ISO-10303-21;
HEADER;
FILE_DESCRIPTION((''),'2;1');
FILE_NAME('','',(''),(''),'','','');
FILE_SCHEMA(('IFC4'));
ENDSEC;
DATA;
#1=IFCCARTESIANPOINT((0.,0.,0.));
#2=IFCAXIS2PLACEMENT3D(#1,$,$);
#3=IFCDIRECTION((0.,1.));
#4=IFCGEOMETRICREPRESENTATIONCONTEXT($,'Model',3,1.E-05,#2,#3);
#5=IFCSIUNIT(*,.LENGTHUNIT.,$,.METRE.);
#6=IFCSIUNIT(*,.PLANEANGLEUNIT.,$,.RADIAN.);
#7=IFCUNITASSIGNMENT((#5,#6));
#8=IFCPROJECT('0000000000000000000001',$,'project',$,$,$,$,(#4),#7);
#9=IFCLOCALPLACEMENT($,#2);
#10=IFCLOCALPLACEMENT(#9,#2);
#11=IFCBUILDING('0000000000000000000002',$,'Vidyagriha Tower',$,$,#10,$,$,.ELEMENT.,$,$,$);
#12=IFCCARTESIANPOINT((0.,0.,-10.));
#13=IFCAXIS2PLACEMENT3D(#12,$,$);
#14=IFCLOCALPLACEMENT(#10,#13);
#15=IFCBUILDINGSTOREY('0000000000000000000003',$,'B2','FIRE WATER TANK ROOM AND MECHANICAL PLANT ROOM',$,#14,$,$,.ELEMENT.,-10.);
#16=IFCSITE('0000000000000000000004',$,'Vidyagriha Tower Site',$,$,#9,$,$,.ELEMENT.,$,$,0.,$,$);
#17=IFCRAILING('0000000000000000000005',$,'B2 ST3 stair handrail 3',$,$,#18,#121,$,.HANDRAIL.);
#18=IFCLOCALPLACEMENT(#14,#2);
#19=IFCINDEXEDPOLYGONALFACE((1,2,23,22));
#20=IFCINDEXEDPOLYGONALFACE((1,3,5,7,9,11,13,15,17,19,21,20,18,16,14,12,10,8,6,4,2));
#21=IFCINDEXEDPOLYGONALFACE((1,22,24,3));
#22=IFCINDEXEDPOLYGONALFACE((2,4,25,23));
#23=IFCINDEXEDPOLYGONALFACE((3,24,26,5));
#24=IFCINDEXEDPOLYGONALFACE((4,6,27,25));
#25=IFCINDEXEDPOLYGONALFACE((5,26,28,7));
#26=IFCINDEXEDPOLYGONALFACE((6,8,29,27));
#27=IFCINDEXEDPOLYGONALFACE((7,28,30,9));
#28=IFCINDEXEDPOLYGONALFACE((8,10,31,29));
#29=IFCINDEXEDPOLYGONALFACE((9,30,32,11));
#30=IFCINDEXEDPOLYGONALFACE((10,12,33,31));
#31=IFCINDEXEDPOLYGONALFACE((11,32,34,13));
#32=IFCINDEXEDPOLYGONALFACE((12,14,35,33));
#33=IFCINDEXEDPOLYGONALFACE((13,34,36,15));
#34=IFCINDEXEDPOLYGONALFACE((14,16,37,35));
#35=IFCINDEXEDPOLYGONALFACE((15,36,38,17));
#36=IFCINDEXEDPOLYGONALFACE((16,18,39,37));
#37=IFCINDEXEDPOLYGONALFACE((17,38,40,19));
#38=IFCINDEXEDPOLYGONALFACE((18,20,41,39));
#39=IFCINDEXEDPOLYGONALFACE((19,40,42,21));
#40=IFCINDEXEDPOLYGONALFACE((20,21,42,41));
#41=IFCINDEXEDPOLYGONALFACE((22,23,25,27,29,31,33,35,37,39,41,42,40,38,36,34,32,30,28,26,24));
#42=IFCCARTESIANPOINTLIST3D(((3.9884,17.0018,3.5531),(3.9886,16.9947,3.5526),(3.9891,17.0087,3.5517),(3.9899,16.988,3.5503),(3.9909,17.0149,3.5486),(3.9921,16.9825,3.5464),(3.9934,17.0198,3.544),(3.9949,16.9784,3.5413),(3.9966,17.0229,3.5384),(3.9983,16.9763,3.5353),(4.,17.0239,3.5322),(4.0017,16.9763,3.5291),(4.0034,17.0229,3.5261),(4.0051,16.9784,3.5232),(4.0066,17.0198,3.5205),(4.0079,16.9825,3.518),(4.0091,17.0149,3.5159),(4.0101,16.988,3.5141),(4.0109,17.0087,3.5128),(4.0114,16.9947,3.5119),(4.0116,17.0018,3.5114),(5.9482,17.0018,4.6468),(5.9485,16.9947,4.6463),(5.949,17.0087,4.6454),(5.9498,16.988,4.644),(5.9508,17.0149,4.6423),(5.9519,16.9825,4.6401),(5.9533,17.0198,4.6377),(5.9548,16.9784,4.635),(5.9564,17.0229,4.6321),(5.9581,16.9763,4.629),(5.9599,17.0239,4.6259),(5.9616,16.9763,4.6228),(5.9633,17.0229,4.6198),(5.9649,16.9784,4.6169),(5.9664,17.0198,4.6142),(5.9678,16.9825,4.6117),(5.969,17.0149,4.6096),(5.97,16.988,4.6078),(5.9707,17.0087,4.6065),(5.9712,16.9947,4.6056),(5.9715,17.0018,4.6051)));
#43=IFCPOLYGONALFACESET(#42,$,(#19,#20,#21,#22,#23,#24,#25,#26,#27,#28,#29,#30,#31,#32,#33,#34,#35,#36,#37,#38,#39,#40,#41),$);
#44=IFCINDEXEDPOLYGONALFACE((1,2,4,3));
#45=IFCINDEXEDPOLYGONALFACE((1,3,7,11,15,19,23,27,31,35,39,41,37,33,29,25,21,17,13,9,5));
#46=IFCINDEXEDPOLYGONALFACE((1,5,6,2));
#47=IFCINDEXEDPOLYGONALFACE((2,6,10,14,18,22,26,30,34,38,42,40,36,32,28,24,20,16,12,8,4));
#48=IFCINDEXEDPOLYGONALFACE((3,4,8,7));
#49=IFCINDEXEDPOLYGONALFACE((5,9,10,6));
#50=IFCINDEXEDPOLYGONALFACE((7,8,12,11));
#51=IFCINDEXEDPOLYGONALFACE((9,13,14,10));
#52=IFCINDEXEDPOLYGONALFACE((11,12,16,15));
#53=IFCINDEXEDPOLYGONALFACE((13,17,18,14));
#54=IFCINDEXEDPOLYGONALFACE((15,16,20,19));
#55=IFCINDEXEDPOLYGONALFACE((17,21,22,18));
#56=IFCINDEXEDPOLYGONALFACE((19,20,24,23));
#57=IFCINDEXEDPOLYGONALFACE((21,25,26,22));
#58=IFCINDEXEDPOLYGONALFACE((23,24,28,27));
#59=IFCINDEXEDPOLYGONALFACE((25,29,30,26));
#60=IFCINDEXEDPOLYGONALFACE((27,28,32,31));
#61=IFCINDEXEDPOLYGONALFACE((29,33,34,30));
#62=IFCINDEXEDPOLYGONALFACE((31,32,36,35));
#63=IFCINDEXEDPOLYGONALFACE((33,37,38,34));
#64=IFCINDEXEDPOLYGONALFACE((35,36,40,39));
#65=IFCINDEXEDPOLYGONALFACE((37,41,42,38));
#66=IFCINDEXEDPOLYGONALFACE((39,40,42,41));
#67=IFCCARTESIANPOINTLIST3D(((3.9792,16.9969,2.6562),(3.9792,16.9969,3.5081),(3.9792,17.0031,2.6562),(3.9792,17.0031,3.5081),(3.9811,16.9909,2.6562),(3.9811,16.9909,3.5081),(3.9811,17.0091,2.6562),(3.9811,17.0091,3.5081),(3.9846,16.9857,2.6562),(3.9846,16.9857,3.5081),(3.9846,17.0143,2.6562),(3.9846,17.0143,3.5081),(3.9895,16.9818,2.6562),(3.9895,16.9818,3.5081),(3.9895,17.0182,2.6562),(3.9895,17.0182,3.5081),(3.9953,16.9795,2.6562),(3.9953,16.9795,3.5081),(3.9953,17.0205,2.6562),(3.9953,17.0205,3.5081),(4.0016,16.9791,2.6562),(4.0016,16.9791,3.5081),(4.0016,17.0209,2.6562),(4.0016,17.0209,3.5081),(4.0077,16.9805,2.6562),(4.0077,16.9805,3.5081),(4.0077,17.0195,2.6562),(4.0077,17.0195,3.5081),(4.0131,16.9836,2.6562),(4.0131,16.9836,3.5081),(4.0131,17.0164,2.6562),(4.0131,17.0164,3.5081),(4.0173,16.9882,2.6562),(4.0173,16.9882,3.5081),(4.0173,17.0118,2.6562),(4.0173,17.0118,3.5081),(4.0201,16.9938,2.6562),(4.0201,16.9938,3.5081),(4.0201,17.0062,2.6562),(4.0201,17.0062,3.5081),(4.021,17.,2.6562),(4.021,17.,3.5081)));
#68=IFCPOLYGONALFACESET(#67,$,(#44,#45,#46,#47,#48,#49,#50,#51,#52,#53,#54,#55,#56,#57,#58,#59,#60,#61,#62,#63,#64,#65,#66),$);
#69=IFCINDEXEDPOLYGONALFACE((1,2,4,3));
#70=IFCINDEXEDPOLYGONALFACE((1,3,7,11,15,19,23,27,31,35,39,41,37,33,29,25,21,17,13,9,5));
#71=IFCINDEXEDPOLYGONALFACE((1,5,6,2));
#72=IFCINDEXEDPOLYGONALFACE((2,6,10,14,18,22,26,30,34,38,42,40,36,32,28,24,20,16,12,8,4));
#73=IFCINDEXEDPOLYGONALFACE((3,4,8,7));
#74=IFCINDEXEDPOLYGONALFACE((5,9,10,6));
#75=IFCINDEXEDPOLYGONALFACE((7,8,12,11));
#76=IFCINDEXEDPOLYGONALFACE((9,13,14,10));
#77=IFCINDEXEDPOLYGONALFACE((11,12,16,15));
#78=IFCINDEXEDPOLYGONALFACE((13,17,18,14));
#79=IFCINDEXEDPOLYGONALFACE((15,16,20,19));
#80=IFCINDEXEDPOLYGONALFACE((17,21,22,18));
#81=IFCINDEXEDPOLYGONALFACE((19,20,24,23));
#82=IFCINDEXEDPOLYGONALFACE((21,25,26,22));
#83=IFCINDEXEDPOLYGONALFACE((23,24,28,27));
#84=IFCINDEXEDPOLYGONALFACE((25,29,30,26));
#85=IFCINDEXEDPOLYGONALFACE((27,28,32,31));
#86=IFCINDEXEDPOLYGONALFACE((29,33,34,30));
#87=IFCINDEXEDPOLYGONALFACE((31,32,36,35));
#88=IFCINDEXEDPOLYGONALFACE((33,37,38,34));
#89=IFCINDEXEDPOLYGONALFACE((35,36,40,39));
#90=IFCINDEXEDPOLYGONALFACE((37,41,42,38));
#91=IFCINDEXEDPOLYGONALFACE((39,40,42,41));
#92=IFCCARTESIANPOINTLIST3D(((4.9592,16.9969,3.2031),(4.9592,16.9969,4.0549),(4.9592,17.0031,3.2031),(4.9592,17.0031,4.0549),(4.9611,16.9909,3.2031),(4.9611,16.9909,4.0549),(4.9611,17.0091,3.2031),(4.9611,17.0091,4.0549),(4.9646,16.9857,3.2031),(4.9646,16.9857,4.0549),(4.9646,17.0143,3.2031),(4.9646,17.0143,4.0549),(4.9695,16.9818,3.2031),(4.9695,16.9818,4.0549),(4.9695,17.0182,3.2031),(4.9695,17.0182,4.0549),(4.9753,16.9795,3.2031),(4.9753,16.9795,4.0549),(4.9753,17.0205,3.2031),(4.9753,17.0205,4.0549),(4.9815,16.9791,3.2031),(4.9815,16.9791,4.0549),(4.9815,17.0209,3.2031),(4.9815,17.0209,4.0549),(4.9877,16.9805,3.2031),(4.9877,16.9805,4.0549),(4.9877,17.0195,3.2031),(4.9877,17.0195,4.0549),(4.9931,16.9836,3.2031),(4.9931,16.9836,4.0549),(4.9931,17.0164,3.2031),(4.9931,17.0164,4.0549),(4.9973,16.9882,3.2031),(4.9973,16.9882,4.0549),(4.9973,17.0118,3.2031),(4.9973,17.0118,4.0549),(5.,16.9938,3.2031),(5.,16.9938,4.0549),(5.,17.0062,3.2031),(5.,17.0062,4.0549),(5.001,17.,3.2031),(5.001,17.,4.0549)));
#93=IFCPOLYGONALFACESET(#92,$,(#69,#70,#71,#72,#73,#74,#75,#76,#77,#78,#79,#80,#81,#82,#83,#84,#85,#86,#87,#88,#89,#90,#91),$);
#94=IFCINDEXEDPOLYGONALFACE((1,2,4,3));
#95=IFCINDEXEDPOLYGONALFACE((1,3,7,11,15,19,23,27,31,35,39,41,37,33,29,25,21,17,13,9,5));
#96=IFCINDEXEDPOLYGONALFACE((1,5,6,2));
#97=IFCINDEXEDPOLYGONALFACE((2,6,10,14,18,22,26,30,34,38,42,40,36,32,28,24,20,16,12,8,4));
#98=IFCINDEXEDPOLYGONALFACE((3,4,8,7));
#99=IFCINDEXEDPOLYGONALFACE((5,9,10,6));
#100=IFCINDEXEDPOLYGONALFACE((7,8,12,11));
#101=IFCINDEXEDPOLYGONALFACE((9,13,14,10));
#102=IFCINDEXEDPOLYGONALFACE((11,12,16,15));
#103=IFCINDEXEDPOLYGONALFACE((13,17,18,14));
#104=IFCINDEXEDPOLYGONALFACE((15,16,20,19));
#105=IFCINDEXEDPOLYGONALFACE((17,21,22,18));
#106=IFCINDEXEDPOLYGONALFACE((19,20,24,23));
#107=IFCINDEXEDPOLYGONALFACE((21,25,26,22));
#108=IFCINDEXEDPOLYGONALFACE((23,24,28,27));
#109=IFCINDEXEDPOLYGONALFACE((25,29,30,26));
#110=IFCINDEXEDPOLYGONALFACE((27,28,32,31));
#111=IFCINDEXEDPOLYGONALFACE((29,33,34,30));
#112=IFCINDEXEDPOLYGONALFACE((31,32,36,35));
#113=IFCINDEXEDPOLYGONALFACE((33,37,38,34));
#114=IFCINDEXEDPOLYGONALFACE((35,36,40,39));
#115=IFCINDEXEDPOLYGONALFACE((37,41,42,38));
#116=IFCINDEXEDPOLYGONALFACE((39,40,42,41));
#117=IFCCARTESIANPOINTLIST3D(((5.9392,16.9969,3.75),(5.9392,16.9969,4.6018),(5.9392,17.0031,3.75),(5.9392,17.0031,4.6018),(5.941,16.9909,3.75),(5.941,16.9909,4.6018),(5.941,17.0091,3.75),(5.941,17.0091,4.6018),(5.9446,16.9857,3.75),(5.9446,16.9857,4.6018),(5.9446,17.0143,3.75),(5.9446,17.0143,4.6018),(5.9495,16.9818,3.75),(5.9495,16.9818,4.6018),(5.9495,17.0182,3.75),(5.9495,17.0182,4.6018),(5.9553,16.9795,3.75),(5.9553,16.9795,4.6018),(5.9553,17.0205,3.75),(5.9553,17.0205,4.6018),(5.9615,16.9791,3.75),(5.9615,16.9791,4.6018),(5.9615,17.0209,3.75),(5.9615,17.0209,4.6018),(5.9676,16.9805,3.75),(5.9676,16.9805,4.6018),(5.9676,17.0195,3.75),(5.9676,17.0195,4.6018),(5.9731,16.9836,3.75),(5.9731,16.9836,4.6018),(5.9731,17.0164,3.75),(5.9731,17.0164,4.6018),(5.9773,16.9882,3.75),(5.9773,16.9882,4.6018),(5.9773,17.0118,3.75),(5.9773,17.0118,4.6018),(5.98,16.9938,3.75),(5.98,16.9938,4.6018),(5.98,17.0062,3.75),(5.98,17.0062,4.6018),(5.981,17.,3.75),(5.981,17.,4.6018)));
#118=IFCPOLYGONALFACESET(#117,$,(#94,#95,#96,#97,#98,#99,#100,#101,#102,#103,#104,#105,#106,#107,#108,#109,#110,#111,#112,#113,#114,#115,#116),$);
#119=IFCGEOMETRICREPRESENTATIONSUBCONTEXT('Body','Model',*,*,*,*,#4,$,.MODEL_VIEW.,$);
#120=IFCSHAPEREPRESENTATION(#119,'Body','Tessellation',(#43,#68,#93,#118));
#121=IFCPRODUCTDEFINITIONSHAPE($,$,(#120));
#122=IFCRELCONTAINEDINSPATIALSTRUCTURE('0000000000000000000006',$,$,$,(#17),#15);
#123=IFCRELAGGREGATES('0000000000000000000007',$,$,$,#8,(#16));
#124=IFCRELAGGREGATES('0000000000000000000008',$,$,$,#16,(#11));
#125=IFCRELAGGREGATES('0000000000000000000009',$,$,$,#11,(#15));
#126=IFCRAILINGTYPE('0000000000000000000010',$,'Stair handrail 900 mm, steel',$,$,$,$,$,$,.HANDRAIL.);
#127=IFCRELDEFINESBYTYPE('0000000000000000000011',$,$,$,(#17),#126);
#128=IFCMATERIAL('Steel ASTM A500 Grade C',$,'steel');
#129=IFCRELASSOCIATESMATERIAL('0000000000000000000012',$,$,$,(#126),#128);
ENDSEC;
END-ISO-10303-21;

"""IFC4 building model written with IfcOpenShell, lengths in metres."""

from ifc_helpers import new_model, si_unit, direction, frame, origin, origin_2d, place, context, subcontext, project, spatial, circle, extrude, material, type_object, element, save


model = new_model("IFC4")

# Units and contexts
model_context = context("Model", 3, precision=1e-05, world=origin(), true_north=direction((0.0, 1.0)))
body_context = subcontext(model_context, "Body", "Model", "MODEL_VIEW")
ifc_project = project(units=[si_unit("LENGTHUNIT", "METRE"), si_unit("PLANEANGLEUNIT", "RADIAN")], contexts=[model_context])

# Site, building, storey
site_placement = place(None, origin())
site = spatial("IfcSite", under=ifc_project, at=site_placement, Name="Vidyagriha Tower Site", CompositionType="ELEMENT", RefElevation=0.0)
building_placement = place(site_placement, origin())
building = spatial("IfcBuilding", under=site, at=building_placement, Name="Vidyagriha Tower", CompositionType="ELEMENT")
storey_placement = place(building_placement, frame((0.0, 0.0, -10.0)))
storey = spatial("IfcBuildingStorey", under=building, at=storey_placement, Name="B2", Description="FIRE WATER TANK ROOM AND MECHANICAL PLANT ROOM", CompositionType="ELEMENT", Elevation=-10.0)

# Railing
ifc_material_1 = material(Name="Steel ASTM A500 Grade C", Category="steel")
railing_type_1 = type_object("IfcRailingType", Name="Stair handrail 900 mm, steel", PredefinedType="HANDRAIL", material=ifc_material_1)
railing_1_placement = place(storey_placement, frame((4.0, 17.0, 2.6562)))
element("IfcRailing", 1, at=railing_1_placement, inside=storey, type_object=railing_type_1, Name="B2 ST3 stair handrail 3", PredefinedType="HANDRAIL", context=body_context, shape_type="SweptSolid", body=[
    extrude(circle(Radius=0.0239, at=origin_2d()), frame((0.0, 0.0, 0.876), z_axis=(0.873232, 0.0, 0.487304), x_axis=(0.0, 1.0, 0.0)), (0.0, 0.0, 1.0), 2.2444),
    extrude(circle(Radius=0.021, at=origin_2d()), origin(), (0.0, 0.0, 1.0), 0.8518),
    extrude(circle(Radius=0.021, at=origin_2d()), frame((0.98, 0.0, 0.5469)), (0.0, 0.0, 1.0), 0.8518),
    extrude(circle(Radius=0.021, at=origin_2d()), frame((1.96, 0.0, 1.0938)), (0.0, 0.0, 1.0), 0.8518),
])

save(model, "model.ifc")
